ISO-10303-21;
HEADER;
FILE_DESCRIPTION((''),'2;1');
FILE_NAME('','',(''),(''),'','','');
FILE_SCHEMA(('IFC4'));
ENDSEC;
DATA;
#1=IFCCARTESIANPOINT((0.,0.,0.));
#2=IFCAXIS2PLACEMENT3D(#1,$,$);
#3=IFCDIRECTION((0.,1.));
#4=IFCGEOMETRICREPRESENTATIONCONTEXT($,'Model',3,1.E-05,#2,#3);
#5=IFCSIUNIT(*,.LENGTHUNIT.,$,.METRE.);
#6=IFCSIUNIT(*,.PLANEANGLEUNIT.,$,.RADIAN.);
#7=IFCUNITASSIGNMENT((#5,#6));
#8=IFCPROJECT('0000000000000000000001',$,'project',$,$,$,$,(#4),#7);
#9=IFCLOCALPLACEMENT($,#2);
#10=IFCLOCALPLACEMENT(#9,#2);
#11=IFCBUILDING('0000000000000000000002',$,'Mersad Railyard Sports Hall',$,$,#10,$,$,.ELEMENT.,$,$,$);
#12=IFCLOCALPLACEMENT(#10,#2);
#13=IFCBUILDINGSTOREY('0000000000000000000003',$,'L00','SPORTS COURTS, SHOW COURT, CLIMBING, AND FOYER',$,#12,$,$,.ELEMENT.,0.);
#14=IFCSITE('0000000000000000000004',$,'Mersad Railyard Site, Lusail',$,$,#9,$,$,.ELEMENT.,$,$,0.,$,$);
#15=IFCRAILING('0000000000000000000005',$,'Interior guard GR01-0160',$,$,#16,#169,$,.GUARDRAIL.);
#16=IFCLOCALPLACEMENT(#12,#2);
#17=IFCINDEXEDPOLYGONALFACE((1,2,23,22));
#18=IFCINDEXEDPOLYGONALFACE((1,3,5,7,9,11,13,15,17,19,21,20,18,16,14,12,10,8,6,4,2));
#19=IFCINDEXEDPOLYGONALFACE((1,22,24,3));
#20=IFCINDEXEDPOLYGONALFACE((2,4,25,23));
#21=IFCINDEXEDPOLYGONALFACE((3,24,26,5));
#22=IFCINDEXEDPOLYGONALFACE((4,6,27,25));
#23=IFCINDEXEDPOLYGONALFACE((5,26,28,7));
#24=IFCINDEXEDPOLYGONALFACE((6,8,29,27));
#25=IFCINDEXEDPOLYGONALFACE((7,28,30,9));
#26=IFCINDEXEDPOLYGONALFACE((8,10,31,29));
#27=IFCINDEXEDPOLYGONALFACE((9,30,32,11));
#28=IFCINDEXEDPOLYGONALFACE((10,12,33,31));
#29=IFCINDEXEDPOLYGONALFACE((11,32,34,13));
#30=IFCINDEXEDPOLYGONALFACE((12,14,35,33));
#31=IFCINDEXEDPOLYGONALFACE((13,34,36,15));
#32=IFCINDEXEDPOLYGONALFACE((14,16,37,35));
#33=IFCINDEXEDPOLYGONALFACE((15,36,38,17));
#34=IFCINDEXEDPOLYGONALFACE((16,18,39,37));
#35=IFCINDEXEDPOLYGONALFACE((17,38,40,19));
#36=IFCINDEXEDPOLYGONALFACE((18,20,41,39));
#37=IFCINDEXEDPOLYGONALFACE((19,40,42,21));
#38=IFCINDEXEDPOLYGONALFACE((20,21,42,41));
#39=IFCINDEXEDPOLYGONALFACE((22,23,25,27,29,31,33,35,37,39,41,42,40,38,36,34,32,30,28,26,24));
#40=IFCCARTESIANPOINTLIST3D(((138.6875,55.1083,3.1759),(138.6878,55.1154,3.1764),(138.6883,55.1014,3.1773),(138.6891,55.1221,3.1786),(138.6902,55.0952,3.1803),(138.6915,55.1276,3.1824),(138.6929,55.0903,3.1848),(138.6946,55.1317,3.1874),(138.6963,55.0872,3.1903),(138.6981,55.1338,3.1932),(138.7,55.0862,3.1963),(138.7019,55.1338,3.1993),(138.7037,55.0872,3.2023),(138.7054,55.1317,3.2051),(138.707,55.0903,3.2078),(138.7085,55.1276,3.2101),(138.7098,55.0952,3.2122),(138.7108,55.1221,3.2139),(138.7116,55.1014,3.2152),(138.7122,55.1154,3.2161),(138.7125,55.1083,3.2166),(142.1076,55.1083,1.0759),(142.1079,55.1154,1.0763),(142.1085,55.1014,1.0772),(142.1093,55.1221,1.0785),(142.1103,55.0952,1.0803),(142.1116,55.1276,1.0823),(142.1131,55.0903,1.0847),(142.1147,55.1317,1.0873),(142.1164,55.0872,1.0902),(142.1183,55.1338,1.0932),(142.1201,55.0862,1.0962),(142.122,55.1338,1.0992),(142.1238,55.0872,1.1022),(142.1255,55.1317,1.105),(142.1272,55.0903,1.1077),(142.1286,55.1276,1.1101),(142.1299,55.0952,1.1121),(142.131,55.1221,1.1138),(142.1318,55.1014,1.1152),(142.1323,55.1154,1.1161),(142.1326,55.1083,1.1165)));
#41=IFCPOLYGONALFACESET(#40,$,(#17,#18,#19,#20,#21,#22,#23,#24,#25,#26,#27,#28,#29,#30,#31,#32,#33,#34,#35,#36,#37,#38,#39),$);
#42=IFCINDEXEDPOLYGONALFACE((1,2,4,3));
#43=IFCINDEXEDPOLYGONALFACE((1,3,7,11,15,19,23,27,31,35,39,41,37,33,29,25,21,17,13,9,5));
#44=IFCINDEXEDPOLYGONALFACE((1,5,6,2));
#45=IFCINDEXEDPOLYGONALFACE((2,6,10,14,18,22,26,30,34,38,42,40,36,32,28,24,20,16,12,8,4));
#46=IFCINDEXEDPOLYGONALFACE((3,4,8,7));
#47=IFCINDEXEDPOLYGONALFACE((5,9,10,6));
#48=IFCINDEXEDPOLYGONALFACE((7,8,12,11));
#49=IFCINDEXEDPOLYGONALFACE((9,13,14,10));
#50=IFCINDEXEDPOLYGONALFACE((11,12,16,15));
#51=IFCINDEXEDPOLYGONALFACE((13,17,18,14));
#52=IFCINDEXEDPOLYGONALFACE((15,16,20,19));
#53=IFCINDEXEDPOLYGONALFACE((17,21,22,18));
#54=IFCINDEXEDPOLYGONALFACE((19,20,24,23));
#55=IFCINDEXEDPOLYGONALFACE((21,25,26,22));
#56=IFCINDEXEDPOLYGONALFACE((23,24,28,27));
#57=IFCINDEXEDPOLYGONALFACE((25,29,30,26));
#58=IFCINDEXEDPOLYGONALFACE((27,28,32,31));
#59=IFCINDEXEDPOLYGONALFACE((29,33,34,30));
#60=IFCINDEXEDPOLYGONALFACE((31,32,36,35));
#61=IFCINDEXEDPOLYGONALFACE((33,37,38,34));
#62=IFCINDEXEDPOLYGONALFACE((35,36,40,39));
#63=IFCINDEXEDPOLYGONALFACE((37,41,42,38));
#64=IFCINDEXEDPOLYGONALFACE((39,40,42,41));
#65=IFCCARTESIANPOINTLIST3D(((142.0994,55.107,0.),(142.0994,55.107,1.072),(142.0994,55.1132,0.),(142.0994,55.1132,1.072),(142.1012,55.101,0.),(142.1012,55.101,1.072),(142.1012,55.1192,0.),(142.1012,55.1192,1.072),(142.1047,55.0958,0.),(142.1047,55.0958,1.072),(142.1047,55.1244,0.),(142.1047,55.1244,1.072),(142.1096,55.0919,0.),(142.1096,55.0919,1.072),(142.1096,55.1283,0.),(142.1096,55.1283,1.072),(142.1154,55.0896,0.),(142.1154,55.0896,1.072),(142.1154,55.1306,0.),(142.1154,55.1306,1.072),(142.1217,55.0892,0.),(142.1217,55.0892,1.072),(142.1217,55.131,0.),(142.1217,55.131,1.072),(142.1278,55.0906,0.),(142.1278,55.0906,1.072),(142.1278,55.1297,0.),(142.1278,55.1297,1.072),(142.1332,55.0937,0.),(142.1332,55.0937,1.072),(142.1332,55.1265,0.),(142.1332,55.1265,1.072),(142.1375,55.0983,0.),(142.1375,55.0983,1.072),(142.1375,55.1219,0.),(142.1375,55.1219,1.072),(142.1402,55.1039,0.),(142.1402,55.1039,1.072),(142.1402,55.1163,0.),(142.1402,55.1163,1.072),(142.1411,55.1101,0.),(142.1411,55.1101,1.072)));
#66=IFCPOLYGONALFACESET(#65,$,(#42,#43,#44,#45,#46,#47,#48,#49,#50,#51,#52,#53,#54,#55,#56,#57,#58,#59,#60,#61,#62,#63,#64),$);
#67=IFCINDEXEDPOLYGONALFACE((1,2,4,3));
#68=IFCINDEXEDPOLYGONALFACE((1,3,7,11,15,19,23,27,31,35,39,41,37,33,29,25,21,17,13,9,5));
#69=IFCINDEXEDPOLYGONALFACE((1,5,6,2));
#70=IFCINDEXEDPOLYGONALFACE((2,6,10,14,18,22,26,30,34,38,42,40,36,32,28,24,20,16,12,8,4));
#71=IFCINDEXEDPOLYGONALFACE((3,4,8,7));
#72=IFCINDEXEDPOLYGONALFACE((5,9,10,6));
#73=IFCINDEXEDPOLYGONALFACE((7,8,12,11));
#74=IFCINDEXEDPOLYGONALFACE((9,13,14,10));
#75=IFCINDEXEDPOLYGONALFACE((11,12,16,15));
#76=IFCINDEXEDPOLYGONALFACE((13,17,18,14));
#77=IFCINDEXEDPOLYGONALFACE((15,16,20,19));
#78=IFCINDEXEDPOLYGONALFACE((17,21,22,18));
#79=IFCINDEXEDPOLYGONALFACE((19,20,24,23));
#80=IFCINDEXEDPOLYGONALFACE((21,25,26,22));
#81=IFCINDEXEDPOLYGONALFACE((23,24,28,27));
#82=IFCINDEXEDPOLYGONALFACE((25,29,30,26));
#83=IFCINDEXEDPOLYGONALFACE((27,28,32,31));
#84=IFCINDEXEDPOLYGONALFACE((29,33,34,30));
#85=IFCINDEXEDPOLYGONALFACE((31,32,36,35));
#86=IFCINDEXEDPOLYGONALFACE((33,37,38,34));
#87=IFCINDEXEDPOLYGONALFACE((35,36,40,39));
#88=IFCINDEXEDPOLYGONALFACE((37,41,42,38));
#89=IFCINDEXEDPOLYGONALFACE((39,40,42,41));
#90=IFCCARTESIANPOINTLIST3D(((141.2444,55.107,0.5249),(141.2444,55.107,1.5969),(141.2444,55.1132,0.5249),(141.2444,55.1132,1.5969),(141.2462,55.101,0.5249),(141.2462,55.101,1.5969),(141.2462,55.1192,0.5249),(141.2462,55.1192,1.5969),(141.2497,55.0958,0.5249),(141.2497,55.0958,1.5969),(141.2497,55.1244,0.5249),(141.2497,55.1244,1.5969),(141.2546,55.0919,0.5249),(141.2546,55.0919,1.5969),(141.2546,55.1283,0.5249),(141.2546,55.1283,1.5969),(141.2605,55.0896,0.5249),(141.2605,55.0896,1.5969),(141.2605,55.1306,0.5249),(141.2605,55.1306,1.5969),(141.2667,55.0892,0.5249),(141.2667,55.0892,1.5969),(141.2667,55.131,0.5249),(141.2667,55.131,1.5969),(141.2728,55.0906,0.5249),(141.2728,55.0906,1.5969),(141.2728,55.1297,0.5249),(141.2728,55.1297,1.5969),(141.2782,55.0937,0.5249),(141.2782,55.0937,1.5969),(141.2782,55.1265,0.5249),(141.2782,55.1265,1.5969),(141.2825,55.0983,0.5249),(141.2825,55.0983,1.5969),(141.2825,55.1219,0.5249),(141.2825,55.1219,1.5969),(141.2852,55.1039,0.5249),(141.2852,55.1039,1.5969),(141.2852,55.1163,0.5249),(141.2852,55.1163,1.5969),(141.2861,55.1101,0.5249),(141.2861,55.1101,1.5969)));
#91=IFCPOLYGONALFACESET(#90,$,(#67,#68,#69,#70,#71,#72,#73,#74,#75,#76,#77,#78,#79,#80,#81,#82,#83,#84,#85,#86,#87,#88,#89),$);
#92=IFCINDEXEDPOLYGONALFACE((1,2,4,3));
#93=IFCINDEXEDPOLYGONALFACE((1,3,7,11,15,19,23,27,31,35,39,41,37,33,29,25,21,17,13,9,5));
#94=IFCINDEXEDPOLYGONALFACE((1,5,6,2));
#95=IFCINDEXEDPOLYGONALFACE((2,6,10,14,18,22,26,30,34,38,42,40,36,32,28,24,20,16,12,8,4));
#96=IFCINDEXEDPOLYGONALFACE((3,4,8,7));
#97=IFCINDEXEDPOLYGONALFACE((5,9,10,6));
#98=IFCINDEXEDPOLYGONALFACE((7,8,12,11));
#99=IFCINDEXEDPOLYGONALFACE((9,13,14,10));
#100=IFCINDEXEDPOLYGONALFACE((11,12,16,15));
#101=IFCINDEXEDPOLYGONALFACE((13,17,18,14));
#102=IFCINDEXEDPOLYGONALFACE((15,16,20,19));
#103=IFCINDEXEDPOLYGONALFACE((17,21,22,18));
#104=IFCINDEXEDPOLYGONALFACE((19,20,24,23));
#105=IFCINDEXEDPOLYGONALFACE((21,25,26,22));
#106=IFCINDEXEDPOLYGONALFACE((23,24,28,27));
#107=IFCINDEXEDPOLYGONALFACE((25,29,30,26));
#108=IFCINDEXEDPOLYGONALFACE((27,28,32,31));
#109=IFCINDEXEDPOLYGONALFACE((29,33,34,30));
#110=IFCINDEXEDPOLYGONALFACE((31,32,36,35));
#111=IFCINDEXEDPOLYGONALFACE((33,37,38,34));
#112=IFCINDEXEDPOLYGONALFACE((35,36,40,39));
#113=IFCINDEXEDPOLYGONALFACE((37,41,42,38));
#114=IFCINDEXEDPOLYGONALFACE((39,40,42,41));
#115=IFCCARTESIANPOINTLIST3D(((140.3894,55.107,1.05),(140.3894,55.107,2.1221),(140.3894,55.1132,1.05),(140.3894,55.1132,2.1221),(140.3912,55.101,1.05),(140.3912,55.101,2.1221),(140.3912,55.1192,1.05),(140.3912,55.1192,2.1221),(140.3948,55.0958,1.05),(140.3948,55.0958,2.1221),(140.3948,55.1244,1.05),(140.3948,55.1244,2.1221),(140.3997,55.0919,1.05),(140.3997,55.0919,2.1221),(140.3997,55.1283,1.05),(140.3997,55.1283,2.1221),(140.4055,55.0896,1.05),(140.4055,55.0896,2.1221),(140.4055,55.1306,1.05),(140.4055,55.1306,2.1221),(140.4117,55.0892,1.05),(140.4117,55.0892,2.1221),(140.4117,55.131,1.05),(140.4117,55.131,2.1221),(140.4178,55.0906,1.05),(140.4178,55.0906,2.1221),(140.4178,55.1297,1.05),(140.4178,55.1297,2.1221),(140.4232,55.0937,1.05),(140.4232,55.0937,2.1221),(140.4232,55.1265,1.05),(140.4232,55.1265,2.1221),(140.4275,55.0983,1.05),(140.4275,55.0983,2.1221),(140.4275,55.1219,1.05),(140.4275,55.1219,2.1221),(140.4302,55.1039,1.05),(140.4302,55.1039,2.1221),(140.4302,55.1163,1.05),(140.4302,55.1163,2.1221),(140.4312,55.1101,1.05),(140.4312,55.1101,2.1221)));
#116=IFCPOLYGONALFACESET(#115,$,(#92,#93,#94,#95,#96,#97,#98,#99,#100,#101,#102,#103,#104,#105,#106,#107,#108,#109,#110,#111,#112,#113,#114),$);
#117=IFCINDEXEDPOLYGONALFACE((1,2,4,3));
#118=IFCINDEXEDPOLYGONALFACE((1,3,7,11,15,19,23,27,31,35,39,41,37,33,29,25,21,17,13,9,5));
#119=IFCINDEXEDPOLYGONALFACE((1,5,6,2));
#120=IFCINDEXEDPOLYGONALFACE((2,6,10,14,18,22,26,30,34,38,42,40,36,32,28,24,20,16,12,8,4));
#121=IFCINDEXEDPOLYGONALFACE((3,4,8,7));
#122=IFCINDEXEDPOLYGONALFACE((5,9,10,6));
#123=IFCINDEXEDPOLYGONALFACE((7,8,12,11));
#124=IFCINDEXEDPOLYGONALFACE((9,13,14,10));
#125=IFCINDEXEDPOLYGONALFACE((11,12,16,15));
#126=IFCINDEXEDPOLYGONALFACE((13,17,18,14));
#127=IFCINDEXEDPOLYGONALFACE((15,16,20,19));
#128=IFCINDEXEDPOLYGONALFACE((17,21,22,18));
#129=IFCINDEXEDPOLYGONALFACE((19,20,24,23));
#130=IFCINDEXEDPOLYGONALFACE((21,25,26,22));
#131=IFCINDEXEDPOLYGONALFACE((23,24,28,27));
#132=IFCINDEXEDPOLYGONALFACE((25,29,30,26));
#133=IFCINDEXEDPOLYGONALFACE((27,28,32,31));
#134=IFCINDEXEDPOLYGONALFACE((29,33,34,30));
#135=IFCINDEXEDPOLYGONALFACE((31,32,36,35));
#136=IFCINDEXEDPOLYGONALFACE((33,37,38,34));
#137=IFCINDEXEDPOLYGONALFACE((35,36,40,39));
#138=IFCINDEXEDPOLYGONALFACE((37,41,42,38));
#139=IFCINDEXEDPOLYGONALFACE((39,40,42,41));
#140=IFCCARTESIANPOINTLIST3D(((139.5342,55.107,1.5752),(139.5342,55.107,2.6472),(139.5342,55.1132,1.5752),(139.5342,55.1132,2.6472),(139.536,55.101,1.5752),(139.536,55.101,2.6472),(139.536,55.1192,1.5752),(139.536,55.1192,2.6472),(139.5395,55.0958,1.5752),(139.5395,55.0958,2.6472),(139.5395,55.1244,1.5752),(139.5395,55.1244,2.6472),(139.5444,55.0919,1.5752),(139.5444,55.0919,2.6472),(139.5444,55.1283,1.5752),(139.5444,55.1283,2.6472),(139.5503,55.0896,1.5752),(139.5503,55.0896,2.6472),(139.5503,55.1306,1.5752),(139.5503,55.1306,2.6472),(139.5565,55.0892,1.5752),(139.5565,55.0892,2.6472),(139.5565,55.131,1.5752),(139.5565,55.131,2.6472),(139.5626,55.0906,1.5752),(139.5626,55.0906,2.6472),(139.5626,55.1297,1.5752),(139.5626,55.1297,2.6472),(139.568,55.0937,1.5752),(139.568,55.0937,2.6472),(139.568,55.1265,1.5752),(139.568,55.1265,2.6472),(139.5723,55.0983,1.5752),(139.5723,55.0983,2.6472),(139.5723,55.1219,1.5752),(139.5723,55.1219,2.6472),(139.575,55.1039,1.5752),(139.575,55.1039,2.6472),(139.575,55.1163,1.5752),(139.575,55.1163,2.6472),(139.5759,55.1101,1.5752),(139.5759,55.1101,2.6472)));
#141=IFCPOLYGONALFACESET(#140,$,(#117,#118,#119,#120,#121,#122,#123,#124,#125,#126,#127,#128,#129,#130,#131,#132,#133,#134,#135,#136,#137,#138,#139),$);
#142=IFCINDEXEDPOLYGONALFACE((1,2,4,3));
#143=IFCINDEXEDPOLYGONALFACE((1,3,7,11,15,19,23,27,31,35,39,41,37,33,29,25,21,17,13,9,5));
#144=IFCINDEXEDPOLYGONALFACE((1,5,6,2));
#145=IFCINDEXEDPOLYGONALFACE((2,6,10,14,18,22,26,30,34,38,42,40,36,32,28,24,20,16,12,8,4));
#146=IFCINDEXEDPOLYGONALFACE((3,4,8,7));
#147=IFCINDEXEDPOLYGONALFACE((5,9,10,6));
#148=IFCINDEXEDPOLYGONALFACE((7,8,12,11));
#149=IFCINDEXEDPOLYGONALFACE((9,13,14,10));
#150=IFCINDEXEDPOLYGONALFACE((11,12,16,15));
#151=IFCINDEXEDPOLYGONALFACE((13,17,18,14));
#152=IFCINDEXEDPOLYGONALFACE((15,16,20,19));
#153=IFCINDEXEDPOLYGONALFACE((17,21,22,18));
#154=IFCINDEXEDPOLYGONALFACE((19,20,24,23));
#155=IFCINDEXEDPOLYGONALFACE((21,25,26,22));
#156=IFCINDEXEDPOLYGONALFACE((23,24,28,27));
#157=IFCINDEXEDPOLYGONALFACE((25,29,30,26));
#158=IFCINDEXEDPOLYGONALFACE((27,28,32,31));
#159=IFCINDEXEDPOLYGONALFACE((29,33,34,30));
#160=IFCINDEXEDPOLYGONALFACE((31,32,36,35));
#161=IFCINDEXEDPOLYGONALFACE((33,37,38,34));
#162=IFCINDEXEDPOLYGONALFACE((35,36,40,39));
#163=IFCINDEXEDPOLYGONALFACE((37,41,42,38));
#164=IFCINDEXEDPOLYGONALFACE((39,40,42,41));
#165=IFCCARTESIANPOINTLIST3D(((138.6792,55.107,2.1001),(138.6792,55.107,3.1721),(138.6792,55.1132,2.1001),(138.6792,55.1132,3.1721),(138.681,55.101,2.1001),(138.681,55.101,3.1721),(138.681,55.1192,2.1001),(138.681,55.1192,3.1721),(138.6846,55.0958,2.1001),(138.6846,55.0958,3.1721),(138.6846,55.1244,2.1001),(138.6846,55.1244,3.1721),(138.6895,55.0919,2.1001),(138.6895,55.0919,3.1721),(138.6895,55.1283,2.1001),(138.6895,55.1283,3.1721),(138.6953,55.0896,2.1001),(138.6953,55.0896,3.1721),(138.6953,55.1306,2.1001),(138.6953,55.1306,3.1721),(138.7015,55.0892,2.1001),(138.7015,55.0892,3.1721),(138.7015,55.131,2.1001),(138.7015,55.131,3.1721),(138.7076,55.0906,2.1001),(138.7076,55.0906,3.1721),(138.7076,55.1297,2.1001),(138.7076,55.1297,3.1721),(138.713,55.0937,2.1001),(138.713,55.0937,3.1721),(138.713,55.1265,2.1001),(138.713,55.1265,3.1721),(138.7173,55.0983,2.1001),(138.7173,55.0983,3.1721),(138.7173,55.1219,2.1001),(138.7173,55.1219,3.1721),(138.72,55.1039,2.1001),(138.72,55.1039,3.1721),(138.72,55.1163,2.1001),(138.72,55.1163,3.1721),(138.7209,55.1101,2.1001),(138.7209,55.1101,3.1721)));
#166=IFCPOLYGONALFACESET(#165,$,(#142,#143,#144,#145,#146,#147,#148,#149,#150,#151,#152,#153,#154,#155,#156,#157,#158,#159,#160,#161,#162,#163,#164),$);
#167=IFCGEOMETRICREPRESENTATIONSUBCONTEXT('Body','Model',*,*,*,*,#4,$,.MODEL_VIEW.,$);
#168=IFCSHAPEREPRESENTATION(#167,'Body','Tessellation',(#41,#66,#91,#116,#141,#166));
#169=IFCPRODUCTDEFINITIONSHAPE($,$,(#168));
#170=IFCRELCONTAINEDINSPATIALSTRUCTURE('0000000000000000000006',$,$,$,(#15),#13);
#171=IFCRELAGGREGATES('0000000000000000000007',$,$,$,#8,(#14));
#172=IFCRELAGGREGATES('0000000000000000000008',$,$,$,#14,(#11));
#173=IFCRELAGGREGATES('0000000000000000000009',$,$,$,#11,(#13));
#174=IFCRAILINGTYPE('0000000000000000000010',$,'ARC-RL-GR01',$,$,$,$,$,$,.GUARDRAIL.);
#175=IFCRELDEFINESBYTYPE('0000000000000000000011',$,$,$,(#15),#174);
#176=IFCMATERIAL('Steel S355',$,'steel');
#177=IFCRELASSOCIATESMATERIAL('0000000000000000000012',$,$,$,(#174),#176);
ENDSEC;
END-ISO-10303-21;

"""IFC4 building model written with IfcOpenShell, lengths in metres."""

from ifc_helpers import new_model, si_unit, direction, frame, origin, origin_2d, place, context, subcontext, project, spatial, circle, extrude, material, type_object, element, save


model = new_model("IFC4")

# Units and contexts
model_context = context("Model", 3, precision=1e-05, world=origin(), true_north=direction((0.0, 1.0)))
body_context = subcontext(model_context, "Body", "Model", "MODEL_VIEW")
ifc_project = project(units=[si_unit("LENGTHUNIT", "METRE"), si_unit("PLANEANGLEUNIT", "RADIAN")], contexts=[model_context])

# Site, building, storey
site_placement = place(None, origin())
site = spatial("IfcSite", under=ifc_project, at=site_placement, Name="Mersad Railyard Site, Lusail", CompositionType="ELEMENT", RefElevation=0.0)
building_placement = place(site_placement, origin())
building = spatial("IfcBuilding", under=site, at=building_placement, Name="Mersad Railyard Sports Hall", CompositionType="ELEMENT")
storey_placement = place(building_placement, origin())
storey = spatial("IfcBuildingStorey", under=building, at=storey_placement, Name="L00", Description="SPORTS COURTS, SHOW COURT, CLIMBING, AND FOYER", CompositionType="ELEMENT", Elevation=0.0)

# Shared definitions
ifc_material_1 = material(Name="Steel S355", Category="steel")

# Railing
railing_type = type_object("IfcRailingType", Name="ARC-RL-GR01", PredefinedType="GUARDRAIL", material=ifc_material_1)
railing_1_placement = place(storey_placement, frame((142.1201, 55.1101, 0.0)))
element("IfcRailing", 1, at=railing_1_placement, inside=storey, type_object=railing_type, Name="Interior guard GR01-0160", PredefinedType="GUARDRAIL", context=body_context, shape_type="SweptSolid", body=[
    extrude(circle(Radius=0.0239, at=origin_2d()), frame((0.0, 0.0, 1.0962), z_axis=(-0.852172, 0.0, 0.523262), x_axis=(0.0, -1.0, 0.0)), (0.0, 0.0, 1.0), 4.0134),
    extrude(circle(Radius=0.021, at=origin_2d()), origin(), (0.0, 0.0, 1.0), 1.072),
    extrude(circle(Radius=0.021, at=origin_2d()), frame((-0.855, 0.0, 0.5249)), (0.0, 0.0, 1.0), 1.072),
    extrude(circle(Radius=0.021, at=origin_2d()), frame((-1.71, 0.0, 1.05)), (0.0, 0.0, 1.0), 1.072),
    extrude(circle(Radius=0.021, at=origin_2d()), frame((-2.5652, 0.0, 1.5752)), (0.0, 0.0, 1.0), 1.072),
    extrude(circle(Radius=0.021, at=origin_2d()), frame((-3.4202, 0.0, 2.1001)), (0.0, 0.0, 1.0), 1.072),
])

save(model, "model.ifc")
